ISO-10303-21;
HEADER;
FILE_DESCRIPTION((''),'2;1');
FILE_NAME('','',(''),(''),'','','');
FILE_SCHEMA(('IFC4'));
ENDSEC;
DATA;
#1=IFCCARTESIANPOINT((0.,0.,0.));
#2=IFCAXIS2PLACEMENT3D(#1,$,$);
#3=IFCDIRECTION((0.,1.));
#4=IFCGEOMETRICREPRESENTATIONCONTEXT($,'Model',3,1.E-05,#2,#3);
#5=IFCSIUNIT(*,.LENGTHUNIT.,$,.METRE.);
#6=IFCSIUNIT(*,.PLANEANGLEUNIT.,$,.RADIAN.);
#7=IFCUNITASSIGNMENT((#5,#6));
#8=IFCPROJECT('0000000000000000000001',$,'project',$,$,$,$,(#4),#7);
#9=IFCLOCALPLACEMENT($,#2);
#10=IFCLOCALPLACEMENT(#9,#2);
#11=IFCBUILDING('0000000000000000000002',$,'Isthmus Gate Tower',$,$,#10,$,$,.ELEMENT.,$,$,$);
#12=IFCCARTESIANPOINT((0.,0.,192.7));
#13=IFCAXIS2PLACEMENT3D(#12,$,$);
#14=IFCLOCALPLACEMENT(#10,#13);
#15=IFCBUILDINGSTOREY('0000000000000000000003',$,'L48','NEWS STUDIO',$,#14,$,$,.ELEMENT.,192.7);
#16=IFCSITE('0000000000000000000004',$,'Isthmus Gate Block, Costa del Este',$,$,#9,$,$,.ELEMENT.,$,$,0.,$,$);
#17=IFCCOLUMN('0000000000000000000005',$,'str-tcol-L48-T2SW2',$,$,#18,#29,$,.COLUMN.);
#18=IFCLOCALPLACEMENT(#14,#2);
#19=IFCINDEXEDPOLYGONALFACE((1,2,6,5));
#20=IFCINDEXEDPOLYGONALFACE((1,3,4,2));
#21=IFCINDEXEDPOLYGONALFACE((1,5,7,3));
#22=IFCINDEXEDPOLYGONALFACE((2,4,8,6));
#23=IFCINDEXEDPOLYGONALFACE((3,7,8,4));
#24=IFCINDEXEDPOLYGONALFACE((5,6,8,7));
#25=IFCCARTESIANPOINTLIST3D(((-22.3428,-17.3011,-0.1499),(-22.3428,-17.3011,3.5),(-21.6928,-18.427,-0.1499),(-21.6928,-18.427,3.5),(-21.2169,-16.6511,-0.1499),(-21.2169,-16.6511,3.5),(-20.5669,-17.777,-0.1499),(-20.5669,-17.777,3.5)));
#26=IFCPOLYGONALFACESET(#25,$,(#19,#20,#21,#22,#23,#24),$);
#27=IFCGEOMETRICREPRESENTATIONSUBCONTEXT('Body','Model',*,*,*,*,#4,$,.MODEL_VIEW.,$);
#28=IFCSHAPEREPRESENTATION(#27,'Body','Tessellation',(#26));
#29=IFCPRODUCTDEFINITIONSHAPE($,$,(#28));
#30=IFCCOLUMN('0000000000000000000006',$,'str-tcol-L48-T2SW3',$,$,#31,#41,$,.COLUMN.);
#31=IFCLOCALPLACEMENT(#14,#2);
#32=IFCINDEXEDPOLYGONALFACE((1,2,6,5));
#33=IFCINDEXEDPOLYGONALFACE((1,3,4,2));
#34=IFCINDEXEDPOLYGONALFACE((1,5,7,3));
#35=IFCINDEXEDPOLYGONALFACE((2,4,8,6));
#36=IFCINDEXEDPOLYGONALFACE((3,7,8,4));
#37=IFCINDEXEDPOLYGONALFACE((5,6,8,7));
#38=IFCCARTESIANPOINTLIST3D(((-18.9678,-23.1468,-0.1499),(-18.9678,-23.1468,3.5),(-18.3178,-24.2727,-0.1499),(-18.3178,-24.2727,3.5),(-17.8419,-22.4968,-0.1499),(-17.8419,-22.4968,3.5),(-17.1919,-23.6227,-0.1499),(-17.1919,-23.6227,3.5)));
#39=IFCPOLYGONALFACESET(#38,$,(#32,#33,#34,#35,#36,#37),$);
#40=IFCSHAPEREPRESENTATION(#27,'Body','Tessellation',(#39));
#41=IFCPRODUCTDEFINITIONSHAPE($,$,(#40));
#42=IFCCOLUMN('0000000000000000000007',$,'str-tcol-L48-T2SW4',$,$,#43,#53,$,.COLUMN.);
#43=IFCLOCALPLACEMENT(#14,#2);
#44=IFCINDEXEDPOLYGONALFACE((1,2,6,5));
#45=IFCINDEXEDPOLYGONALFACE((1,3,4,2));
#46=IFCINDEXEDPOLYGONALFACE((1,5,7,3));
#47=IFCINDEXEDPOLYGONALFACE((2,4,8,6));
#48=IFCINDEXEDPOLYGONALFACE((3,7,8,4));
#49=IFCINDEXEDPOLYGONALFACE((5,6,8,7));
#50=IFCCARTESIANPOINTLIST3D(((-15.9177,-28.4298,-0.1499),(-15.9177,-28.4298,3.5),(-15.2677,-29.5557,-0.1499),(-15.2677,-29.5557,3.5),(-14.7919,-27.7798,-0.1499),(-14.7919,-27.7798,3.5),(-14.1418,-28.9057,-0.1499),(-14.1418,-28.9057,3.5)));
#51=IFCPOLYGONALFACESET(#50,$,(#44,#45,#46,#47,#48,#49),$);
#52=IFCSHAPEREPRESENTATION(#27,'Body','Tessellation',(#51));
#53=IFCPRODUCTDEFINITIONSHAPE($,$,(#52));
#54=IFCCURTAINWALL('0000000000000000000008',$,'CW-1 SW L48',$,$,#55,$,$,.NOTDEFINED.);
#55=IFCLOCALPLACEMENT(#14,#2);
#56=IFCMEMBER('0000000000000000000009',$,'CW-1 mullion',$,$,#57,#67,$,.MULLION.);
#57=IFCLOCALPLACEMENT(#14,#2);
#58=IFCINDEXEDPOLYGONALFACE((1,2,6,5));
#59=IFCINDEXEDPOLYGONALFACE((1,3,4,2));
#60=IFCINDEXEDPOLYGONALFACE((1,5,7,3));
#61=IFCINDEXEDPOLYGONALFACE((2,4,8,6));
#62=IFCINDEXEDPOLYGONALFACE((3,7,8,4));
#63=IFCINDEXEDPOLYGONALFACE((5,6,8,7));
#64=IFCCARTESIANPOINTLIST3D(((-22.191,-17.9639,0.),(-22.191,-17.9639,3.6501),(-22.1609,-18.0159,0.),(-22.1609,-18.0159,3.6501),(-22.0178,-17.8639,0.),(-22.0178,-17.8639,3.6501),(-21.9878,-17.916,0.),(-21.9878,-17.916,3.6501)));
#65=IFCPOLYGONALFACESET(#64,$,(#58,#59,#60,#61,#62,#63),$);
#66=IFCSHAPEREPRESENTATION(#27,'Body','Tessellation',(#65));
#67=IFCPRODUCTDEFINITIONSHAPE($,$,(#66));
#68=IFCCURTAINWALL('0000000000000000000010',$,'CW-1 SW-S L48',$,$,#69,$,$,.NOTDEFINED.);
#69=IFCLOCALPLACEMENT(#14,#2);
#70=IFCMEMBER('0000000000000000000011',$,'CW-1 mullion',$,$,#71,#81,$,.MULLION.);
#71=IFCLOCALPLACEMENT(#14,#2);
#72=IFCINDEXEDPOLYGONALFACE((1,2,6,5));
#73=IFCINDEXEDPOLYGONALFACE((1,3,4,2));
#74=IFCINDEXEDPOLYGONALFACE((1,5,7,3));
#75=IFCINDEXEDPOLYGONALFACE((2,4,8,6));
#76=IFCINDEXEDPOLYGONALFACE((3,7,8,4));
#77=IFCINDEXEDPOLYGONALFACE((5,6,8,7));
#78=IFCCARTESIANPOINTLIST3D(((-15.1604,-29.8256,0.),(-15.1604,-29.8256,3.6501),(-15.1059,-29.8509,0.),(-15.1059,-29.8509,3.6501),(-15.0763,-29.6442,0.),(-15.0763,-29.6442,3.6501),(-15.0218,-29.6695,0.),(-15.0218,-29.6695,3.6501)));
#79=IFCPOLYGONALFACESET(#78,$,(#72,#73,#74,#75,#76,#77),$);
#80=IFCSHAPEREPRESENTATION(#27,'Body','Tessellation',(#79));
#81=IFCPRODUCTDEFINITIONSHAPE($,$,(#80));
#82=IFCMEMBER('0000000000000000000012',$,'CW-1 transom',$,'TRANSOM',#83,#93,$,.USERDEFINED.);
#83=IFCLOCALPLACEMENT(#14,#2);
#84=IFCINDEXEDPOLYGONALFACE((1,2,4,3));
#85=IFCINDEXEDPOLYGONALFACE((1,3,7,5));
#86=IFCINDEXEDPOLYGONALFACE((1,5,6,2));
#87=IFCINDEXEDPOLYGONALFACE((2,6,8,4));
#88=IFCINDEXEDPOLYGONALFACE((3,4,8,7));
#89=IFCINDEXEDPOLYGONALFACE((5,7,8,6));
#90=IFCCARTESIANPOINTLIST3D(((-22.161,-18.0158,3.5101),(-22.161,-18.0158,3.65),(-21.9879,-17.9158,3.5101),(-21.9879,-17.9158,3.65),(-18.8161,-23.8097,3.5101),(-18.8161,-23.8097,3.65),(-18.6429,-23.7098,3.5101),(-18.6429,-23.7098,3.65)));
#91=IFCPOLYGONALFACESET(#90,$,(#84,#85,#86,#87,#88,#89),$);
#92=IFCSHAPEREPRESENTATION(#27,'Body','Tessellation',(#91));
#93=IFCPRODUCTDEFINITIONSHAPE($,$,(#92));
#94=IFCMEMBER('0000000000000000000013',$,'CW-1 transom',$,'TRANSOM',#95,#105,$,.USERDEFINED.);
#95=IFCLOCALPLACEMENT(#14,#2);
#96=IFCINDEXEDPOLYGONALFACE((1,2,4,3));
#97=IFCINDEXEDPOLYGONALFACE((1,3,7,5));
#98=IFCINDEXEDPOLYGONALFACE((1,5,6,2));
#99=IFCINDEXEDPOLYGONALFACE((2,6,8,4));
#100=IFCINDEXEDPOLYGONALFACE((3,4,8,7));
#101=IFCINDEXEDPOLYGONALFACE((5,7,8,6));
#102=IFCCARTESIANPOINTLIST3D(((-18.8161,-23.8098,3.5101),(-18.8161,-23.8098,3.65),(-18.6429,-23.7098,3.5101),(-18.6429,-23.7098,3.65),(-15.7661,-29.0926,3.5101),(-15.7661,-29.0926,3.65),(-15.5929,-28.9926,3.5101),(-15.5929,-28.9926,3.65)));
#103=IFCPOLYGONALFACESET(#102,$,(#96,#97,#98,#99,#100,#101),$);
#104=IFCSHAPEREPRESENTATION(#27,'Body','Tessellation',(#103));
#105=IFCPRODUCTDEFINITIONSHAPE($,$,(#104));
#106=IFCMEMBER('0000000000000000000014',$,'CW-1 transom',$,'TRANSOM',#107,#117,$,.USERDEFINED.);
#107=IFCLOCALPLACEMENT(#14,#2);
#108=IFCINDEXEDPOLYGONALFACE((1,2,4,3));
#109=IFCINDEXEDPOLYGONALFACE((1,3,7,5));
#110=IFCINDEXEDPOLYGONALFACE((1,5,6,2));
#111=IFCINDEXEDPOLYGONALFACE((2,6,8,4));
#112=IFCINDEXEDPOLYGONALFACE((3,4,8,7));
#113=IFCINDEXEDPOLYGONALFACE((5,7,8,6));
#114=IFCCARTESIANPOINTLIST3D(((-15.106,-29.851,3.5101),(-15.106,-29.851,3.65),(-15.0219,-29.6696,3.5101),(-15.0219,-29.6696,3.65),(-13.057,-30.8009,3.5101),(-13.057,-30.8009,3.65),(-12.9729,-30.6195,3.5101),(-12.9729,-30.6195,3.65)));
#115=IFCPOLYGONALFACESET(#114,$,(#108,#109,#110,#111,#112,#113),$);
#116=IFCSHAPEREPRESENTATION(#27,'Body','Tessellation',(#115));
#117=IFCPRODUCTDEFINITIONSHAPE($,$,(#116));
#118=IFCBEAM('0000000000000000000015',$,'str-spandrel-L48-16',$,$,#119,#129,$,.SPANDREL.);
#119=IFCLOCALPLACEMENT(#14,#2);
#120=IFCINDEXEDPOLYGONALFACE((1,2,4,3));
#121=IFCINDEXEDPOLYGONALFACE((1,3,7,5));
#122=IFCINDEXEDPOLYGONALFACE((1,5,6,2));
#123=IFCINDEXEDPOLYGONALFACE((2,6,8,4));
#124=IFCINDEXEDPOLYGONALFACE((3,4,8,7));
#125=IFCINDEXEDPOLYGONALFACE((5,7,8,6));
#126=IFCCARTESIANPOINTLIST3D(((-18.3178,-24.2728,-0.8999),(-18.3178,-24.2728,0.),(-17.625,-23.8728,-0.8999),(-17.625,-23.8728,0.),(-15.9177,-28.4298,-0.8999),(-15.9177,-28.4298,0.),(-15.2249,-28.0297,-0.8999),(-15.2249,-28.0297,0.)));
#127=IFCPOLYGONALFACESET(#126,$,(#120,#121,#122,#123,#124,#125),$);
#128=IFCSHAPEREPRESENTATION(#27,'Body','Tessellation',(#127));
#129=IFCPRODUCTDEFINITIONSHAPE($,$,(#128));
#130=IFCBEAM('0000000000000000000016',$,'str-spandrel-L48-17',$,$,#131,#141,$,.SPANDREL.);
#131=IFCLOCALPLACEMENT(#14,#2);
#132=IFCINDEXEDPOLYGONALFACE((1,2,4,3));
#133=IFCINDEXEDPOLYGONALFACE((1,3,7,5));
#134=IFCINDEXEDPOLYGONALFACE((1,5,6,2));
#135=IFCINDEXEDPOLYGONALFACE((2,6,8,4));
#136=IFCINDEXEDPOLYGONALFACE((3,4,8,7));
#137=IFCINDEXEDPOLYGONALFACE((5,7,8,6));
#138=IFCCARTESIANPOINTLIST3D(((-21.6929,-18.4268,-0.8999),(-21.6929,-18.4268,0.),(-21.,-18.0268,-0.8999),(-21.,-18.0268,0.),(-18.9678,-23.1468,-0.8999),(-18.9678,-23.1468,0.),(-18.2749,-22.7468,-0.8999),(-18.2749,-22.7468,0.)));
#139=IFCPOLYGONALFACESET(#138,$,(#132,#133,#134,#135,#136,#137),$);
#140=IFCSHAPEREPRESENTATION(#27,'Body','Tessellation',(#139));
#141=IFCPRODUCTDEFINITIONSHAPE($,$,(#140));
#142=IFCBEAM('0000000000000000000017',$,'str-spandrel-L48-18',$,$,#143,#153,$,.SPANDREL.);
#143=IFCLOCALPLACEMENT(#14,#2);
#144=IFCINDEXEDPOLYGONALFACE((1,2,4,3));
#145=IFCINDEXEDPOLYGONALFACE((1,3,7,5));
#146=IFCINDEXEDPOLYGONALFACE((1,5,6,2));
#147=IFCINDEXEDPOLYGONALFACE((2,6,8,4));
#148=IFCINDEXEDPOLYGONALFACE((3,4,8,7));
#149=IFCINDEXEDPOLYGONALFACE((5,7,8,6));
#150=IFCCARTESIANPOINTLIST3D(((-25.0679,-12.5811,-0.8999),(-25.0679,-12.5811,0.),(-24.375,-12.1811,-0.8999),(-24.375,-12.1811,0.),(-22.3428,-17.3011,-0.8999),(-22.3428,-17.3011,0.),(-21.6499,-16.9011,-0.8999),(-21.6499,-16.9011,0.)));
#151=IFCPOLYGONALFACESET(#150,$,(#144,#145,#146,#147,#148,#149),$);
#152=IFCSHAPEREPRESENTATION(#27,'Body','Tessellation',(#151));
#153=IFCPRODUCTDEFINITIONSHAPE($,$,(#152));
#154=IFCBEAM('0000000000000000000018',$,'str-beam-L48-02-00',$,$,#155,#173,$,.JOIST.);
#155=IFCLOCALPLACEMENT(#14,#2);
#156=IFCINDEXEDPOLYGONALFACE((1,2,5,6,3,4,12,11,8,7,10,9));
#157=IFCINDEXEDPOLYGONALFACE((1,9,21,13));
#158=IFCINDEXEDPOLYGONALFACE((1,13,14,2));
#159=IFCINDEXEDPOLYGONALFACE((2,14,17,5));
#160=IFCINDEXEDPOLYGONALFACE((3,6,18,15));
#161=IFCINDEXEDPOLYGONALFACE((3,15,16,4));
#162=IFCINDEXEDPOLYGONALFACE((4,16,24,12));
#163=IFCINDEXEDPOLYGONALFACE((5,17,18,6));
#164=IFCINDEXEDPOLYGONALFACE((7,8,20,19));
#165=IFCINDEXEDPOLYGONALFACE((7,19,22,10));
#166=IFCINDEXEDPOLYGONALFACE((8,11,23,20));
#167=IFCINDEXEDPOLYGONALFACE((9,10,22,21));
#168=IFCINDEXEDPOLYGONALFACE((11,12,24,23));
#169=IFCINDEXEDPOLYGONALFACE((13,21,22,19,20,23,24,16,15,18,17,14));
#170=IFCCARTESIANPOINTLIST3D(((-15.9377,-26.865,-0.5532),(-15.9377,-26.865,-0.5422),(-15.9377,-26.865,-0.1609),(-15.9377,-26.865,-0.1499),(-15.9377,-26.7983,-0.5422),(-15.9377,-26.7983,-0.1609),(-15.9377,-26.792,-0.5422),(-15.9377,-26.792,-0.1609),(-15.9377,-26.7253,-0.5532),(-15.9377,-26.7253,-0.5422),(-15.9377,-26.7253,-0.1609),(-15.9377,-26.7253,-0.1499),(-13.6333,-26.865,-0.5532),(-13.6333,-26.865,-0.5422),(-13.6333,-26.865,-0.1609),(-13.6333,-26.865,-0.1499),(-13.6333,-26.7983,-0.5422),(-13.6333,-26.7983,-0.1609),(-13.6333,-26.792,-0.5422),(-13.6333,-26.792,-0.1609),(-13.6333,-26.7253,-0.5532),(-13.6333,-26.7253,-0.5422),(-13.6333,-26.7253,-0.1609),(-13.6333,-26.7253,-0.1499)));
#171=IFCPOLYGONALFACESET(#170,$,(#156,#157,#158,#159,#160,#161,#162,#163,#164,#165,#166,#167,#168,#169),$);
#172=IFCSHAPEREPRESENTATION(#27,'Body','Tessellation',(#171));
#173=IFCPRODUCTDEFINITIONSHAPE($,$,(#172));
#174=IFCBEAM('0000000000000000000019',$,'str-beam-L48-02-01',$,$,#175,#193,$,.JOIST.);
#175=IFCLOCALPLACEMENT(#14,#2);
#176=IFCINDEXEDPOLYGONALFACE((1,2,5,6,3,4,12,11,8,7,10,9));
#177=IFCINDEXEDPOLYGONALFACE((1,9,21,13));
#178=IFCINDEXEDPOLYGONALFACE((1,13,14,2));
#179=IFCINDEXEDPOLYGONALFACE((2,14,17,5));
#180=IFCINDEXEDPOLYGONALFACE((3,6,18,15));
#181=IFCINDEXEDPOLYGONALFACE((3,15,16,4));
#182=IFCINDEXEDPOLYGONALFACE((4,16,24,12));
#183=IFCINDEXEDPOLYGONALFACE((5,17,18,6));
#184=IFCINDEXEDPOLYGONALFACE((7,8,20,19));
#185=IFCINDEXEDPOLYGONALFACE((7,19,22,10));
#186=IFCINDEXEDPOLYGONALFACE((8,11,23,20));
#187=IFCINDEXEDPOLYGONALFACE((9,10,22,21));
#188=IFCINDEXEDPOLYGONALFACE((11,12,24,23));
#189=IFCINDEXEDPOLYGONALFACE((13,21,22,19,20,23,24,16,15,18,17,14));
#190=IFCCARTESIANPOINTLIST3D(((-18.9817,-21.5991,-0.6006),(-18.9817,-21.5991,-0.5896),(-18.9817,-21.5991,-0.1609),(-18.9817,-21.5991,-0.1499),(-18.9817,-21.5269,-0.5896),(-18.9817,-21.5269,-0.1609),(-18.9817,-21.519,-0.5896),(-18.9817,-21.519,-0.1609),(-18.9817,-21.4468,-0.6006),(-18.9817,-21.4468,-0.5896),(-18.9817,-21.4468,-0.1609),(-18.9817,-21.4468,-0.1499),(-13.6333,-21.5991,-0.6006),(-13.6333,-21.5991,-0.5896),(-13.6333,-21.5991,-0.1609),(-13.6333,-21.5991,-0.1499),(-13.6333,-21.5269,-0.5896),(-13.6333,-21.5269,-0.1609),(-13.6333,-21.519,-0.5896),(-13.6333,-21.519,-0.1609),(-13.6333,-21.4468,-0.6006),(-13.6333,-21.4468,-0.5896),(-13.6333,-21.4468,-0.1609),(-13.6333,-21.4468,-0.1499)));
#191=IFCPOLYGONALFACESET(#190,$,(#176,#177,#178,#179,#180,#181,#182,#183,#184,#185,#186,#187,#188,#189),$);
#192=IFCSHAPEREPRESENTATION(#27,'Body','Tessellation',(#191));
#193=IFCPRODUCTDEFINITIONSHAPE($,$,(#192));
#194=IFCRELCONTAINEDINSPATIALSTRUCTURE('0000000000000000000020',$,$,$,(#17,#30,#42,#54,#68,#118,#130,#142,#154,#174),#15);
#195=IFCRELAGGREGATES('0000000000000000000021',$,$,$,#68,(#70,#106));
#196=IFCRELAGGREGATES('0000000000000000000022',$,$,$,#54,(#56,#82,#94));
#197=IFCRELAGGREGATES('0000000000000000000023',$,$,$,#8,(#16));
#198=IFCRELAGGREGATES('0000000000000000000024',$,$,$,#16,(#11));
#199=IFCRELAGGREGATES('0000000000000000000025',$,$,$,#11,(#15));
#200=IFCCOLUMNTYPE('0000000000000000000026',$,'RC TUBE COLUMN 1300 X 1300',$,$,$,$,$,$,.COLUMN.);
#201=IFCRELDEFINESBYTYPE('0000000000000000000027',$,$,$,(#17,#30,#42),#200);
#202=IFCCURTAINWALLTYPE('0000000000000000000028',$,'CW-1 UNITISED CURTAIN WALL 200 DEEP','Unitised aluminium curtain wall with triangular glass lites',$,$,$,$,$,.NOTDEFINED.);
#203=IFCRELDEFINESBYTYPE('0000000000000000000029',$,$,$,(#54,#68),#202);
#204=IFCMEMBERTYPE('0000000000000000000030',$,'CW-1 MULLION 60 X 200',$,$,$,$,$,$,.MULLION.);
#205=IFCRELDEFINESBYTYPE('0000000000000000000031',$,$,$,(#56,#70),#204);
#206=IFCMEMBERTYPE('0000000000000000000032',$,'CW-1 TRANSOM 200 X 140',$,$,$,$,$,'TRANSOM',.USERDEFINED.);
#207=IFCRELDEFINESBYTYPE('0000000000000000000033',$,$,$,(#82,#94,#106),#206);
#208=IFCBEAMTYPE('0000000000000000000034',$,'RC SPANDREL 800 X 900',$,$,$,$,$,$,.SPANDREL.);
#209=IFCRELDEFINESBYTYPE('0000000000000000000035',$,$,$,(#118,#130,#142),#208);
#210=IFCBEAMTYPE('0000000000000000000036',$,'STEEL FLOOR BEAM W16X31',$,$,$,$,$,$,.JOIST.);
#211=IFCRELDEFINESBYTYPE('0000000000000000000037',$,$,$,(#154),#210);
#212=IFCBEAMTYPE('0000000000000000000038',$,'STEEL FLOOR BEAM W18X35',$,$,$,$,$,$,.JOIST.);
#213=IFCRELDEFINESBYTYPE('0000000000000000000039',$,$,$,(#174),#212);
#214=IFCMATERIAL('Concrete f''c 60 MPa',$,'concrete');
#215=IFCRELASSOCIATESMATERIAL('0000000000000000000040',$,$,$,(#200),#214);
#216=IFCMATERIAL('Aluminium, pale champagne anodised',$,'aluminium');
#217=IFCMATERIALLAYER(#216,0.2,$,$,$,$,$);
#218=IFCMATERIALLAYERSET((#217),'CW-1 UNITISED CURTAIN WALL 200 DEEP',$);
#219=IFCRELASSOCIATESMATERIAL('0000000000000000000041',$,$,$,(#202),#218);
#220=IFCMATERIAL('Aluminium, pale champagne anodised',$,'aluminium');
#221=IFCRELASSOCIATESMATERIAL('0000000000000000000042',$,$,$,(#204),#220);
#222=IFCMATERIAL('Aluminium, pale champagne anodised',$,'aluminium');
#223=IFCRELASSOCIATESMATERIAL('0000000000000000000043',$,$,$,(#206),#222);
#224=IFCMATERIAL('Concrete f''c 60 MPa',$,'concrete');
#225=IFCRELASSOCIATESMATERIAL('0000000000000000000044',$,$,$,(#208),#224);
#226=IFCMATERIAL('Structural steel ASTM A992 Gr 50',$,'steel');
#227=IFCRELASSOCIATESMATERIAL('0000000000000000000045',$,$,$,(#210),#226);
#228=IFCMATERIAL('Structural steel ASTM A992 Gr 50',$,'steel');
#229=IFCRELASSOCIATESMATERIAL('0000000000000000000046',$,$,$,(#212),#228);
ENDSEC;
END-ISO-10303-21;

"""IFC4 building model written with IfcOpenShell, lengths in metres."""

from ifc_helpers import new_model, si_unit, direction, frame, origin, origin_2d, place, context, subcontext, project, spatial, rectangle, i_section, extrude, material, layer, layer_set, material_profile, profile_set, type_object, element, aggregate, save


model = new_model("IFC4")

# Units and contexts
model_context = context("Model", 3, precision=1e-05, world=origin(), true_north=direction((0.0, 1.0)))
body_context = subcontext(model_context, "Body", "Model", "MODEL_VIEW")
ifc_project = project(units=[si_unit("LENGTHUNIT", "METRE"), si_unit("PLANEANGLEUNIT", "RADIAN")], contexts=[model_context])

# Site, building, storey
site_placement = place(None, origin())
site = spatial("IfcSite", under=ifc_project, at=site_placement, Name="Isthmus Gate Block, Costa del Este", CompositionType="ELEMENT", RefElevation=0.0)
building_placement = place(site_placement, origin())
building = spatial("IfcBuilding", under=site, at=building_placement, Name="Isthmus Gate Tower", CompositionType="ELEMENT")
storey_placement = place(building_placement, frame((0.0, 0.0, 192.7)))
storey = spatial("IfcBuildingStorey", under=building, at=storey_placement, Name="L48", Description="NEWS STUDIO", CompositionType="ELEMENT", Elevation=192.7)

# Columns
ifc_material_1 = material(Name="Concrete f'c 60 MPa", Category="concrete")
ifc_material_profile_1 = material_profile(ifc_material_1, rectangle(XDim=1.3, YDim=1.3, at=origin_2d()), Name="RC 1300X1300")
ifc_profile_set_1 = profile_set([ifc_material_profile_1], Name="Concrete f'c 60 MPa")
column_type = type_object("IfcColumnType", Name="RC TUBE COLUMN 1300 X 1300", PredefinedType="COLUMN", material=ifc_profile_set_1)
for number, where, z_axis, x_axis, name in (
    (1, (-21.4548, -17.5391, -0.1499), (0.0, 0.0, 1.0), (0.5, -0.866025, 0.0), "str-tcol-L48-T2SW2"),
    (2, (-18.0798, -23.3848, -0.1499), (0.0, 0.0, 1.0), (0.5, -0.866025, 0.0), "str-tcol-L48-T2SW3"),
    (3, (-15.0298, -28.6677, -0.1499), (0.0, 0.0, 1.0), (0.5, -0.866025, 0.0), "str-tcol-L48-T2SW4"),
):
    element("IfcColumn", number, at=place(storey_placement, frame(where, z_axis=z_axis, x_axis=x_axis)), inside=storey, type_object=column_type, Name=name, PredefinedType="COLUMN", context=body_context, shape_type="SweptSolid", body=[
        extrude(rectangle(XDim=1.3, YDim=1.3, at=origin_2d()), origin(), (0.0, 0.0, 1.0), 3.6499),
    ])

# Curtain walls, members
ifc_material_2 = material(Name="Aluminium, pale champagne anodised", Category="aluminium")
ifc_layer_1 = layer(ifc_material_2, 0.2)
ifc_layer_set_1 = layer_set([ifc_layer_1], Name="CW-1 UNITISED CURTAIN WALL 200 DEEP")
curtain_wall_type = type_object("IfcCurtainWallType", Name="CW-1 UNITISED CURTAIN WALL 200 DEEP", Description="Unitised aluminium curtain wall with triangular glass lites", PredefinedType="NOTDEFINED", material=ifc_layer_set_1)
curtain_wall_1_placement = place(storey_placement, origin())
curtain_wall_1 = element("IfcCurtainWall", 4, at=curtain_wall_1_placement, inside=storey, type_object=curtain_wall_type, Name="CW-1 SW L48", PredefinedType="NOTDEFINED")
ifc_material_3 = material(Name="Aluminium, pale champagne anodised", Category="aluminium")
ifc_material_profile_2 = material_profile(ifc_material_3, rectangle(XDim=0.0601, YDim=0.2, at=origin_2d()), Name="60x200")
ifc_profile_set_2 = profile_set([ifc_material_profile_2], Name="Aluminium, pale champagne anodised")
member_type_1 = type_object("IfcMemberType", Name="CW-1 MULLION 60 X 200", PredefinedType="MULLION", material=ifc_profile_set_2)
member_1_placement = place(storey_placement, frame((-22.0894, -17.9399, 0.0), z_axis=(0.0, 0.0, 1.0), x_axis=(0.5, -0.866025, 0.0)))
member_1 = element("IfcMember", 5, at=member_1_placement, type_object=member_type_1, Name="CW-1 mullion", PredefinedType="MULLION", context=body_context, shape_type="SweptSolid", body=[
    extrude(rectangle(XDim=0.0601, YDim=0.2, at=origin_2d()), origin(), (0.0, 0.0, 1.0), 3.6501),
])
curtain_wall_2_placement = place(storey_placement, origin())
curtain_wall_2 = element("IfcCurtainWall", 6, at=curtain_wall_2_placement, inside=storey, type_object=curtain_wall_type, Name="CW-1 SW-S L48", PredefinedType="NOTDEFINED")
member_2_placement = place(storey_placement, frame((-15.0911, -29.7476, 0.0), z_axis=(0.0, 0.0, 1.0), x_axis=(0.907256, -0.420578, 0.0)))
member_2 = element("IfcMember", 7, at=member_2_placement, type_object=member_type_1, Name="CW-1 mullion", PredefinedType="MULLION", context=body_context, shape_type="SweptSolid", body=[
    extrude(rectangle(XDim=0.0601, YDim=0.2, at=origin_2d()), origin(), (0.0, 0.0, 1.0), 3.6501),
])

# Members
ifc_material_4 = material(Name="Aluminium, pale champagne anodised", Category="aluminium")
ifc_material_profile_3 = material_profile(ifc_material_4, rectangle(XDim=0.2, YDim=0.1399, at=origin_2d()), Name="200x140")
ifc_profile_set_3 = profile_set([ifc_material_profile_3], Name="Aluminium, pale champagne anodised")
member_type_2 = type_object("IfcMemberType", Name="CW-1 TRANSOM 200 X 140", ElementType="TRANSOM", PredefinedType="USERDEFINED", material=ifc_profile_set_3)
member_3_placement = place(storey_placement, frame((-22.0745, -17.9658, 3.5801), z_axis=(0.499981, -0.866036, 0.0), x_axis=(0.866036, 0.499981, 0.0)))
member_3 = element("IfcMember", 8, at=member_3_placement, type_object=member_type_2, Name="CW-1 transom", ObjectType="TRANSOM", PredefinedType="USERDEFINED", context=body_context, shape_type="SweptSolid", body=[
    extrude(rectangle(XDim=0.2, YDim=0.1399, at=origin_2d()), origin(), (0.0, 0.0, 1.0), 6.6902),
])
member_4_placement = place(storey_placement, frame((-18.7295, -23.7598, 3.5801), z_axis=(0.499992, -0.86603, 0.0), x_axis=(0.86603, 0.499992, 0.0)))
member_4 = element("IfcMember", 9, at=member_4_placement, type_object=member_type_2, Name="CW-1 transom", ObjectType="TRANSOM", PredefinedType="USERDEFINED", context=body_context, shape_type="SweptSolid", body=[
    extrude(rectangle(XDim=0.2, YDim=0.1399, at=origin_2d()), origin(), (0.0, 0.0, 1.0), 6.1001),
])
member_5_placement = place(storey_placement, frame((-15.064, -29.7603, 3.5801), z_axis=(0.907246, -0.4206, 0.0), x_axis=(0.4206, 0.907246, 0.0)))
member_5 = element("IfcMember", 10, at=member_5_placement, type_object=member_type_2, Name="CW-1 transom", ObjectType="TRANSOM", PredefinedType="USERDEFINED", context=body_context, shape_type="SweptSolid", body=[
    extrude(rectangle(XDim=0.2, YDim=0.1399, at=origin_2d()), origin(), (0.0, 0.0, 1.0), 2.2585),
])
aggregate(curtain_wall_2, [member_2, member_5])

# Beams
ifc_material_5 = material(Name="Concrete f'c 60 MPa", Category="concrete")
ifc_material_profile_4 = material_profile(ifc_material_5, rectangle(XDim=0.8, YDim=0.8999, at=origin_2d()), Name="RC 800X900")
ifc_profile_set_4 = profile_set([ifc_material_profile_4], Name="Concrete f'c 60 MPa")
beam_type_1 = type_object("IfcBeamType", Name="RC SPANDREL 800 X 900", PredefinedType="SPANDREL", material=ifc_profile_set_4)
beam_1_placement = place(storey_placement, frame((-15.5713, -28.2297, -0.45), z_axis=(-0.500017, 0.866015, 0.0), x_axis=(-0.866015, -0.500017, 0.0)))
element("IfcBeam", 11, at=beam_1_placement, inside=storey, type_object=beam_type_1, Name="str-spandrel-L48-16", PredefinedType="SPANDREL", context=body_context, shape_type="SweptSolid", body=[
    extrude(rectangle(XDim=0.8, YDim=0.8999, at=origin_2d()), origin(), (0.0, 0.0, 1.0), 4.8),
])
for number, where, z_axis, x_axis, name in (
    (12, (-18.6213, -22.9468, -0.45), (-0.500003, 0.866024, 0.0), (-0.866024, -0.500003, 0.0), "str-spandrel-L48-17"),
    (13, (-21.9963, -17.1011, -0.45), (-0.500003, 0.866024, 0.0), (-0.866024, -0.500003, 0.0), "str-spandrel-L48-18"),
):
    element("IfcBeam", number, at=place(storey_placement, frame(where, z_axis=z_axis, x_axis=x_axis)), inside=storey, type_object=beam_type_1, Name=name, PredefinedType="SPANDREL", context=body_context, shape_type="SweptSolid", body=[
        extrude(rectangle(XDim=0.8, YDim=0.8999, at=origin_2d()), origin(), (0.0, 0.0, 1.0), 5.4502),
    ])
ifc_material_6 = material(Name="Structural steel ASTM A992 Gr 50", Category="steel")
ifc_material_profile_5 = material_profile(ifc_material_6, i_section(OverallWidth=0.1396, OverallDepth=0.4033, WebThickness=0.0063, FlangeThickness=0.011, at=origin_2d()), Name="W16X31")
ifc_profile_set_5 = profile_set([ifc_material_profile_5], Name="Structural steel ASTM A992 Gr 50")
beam_type_2 = type_object("IfcBeamType", Name="STEEL FLOOR BEAM W16X31", PredefinedType="JOIST", material=ifc_profile_set_5)
beam_2_placement = place(storey_placement, frame((-15.9377, -26.7952, -0.3516), z_axis=(1.0, 0.0, 0.0), x_axis=(0.0, 1.0, 0.0)))
element("IfcBeam", 14, at=beam_2_placement, inside=storey, type_object=beam_type_2, Name="str-beam-L48-02-00", PredefinedType="JOIST", context=body_context, shape_type="SweptSolid", body=[
    extrude(i_section(OverallWidth=0.1396, OverallDepth=0.4033, WebThickness=0.0063, FlangeThickness=0.011, at=origin_2d()), origin(), (0.0, 0.0, 1.0), 2.3044),
])
ifc_material_7 = material(Name="Structural steel ASTM A992 Gr 50", Category="steel")
ifc_material_profile_6 = material_profile(ifc_material_7, i_section(OverallWidth=0.1523, OverallDepth=0.4507, WebThickness=0.0078, FlangeThickness=0.011, at=origin_2d()), Name="W18X35")
ifc_profile_set_6 = profile_set([ifc_material_profile_6], Name="Structural steel ASTM A992 Gr 50")
beam_type_3 = type_object("IfcBeamType", Name="STEEL FLOOR BEAM W18X35", PredefinedType="JOIST", material=ifc_profile_set_6)
beam_3_placement = place(storey_placement, frame((-18.9817, -21.5229, -0.3752), z_axis=(1.0, 0.0, 0.0), x_axis=(0.0, 1.0, 0.0)))
element("IfcBeam", 15, at=beam_3_placement, inside=storey, type_object=beam_type_3, Name="str-beam-L48-02-01", PredefinedType="JOIST", context=body_context, shape_type="SweptSolid", body=[
    extrude(i_section(OverallWidth=0.1523, OverallDepth=0.4507, WebThickness=0.0078, FlangeThickness=0.011, at=origin_2d()), origin(), (0.0, 0.0, 1.0), 5.3484),
])

aggregate(curtain_wall_1, [member_1, member_3, member_4])

save(model, "model.ifc")
